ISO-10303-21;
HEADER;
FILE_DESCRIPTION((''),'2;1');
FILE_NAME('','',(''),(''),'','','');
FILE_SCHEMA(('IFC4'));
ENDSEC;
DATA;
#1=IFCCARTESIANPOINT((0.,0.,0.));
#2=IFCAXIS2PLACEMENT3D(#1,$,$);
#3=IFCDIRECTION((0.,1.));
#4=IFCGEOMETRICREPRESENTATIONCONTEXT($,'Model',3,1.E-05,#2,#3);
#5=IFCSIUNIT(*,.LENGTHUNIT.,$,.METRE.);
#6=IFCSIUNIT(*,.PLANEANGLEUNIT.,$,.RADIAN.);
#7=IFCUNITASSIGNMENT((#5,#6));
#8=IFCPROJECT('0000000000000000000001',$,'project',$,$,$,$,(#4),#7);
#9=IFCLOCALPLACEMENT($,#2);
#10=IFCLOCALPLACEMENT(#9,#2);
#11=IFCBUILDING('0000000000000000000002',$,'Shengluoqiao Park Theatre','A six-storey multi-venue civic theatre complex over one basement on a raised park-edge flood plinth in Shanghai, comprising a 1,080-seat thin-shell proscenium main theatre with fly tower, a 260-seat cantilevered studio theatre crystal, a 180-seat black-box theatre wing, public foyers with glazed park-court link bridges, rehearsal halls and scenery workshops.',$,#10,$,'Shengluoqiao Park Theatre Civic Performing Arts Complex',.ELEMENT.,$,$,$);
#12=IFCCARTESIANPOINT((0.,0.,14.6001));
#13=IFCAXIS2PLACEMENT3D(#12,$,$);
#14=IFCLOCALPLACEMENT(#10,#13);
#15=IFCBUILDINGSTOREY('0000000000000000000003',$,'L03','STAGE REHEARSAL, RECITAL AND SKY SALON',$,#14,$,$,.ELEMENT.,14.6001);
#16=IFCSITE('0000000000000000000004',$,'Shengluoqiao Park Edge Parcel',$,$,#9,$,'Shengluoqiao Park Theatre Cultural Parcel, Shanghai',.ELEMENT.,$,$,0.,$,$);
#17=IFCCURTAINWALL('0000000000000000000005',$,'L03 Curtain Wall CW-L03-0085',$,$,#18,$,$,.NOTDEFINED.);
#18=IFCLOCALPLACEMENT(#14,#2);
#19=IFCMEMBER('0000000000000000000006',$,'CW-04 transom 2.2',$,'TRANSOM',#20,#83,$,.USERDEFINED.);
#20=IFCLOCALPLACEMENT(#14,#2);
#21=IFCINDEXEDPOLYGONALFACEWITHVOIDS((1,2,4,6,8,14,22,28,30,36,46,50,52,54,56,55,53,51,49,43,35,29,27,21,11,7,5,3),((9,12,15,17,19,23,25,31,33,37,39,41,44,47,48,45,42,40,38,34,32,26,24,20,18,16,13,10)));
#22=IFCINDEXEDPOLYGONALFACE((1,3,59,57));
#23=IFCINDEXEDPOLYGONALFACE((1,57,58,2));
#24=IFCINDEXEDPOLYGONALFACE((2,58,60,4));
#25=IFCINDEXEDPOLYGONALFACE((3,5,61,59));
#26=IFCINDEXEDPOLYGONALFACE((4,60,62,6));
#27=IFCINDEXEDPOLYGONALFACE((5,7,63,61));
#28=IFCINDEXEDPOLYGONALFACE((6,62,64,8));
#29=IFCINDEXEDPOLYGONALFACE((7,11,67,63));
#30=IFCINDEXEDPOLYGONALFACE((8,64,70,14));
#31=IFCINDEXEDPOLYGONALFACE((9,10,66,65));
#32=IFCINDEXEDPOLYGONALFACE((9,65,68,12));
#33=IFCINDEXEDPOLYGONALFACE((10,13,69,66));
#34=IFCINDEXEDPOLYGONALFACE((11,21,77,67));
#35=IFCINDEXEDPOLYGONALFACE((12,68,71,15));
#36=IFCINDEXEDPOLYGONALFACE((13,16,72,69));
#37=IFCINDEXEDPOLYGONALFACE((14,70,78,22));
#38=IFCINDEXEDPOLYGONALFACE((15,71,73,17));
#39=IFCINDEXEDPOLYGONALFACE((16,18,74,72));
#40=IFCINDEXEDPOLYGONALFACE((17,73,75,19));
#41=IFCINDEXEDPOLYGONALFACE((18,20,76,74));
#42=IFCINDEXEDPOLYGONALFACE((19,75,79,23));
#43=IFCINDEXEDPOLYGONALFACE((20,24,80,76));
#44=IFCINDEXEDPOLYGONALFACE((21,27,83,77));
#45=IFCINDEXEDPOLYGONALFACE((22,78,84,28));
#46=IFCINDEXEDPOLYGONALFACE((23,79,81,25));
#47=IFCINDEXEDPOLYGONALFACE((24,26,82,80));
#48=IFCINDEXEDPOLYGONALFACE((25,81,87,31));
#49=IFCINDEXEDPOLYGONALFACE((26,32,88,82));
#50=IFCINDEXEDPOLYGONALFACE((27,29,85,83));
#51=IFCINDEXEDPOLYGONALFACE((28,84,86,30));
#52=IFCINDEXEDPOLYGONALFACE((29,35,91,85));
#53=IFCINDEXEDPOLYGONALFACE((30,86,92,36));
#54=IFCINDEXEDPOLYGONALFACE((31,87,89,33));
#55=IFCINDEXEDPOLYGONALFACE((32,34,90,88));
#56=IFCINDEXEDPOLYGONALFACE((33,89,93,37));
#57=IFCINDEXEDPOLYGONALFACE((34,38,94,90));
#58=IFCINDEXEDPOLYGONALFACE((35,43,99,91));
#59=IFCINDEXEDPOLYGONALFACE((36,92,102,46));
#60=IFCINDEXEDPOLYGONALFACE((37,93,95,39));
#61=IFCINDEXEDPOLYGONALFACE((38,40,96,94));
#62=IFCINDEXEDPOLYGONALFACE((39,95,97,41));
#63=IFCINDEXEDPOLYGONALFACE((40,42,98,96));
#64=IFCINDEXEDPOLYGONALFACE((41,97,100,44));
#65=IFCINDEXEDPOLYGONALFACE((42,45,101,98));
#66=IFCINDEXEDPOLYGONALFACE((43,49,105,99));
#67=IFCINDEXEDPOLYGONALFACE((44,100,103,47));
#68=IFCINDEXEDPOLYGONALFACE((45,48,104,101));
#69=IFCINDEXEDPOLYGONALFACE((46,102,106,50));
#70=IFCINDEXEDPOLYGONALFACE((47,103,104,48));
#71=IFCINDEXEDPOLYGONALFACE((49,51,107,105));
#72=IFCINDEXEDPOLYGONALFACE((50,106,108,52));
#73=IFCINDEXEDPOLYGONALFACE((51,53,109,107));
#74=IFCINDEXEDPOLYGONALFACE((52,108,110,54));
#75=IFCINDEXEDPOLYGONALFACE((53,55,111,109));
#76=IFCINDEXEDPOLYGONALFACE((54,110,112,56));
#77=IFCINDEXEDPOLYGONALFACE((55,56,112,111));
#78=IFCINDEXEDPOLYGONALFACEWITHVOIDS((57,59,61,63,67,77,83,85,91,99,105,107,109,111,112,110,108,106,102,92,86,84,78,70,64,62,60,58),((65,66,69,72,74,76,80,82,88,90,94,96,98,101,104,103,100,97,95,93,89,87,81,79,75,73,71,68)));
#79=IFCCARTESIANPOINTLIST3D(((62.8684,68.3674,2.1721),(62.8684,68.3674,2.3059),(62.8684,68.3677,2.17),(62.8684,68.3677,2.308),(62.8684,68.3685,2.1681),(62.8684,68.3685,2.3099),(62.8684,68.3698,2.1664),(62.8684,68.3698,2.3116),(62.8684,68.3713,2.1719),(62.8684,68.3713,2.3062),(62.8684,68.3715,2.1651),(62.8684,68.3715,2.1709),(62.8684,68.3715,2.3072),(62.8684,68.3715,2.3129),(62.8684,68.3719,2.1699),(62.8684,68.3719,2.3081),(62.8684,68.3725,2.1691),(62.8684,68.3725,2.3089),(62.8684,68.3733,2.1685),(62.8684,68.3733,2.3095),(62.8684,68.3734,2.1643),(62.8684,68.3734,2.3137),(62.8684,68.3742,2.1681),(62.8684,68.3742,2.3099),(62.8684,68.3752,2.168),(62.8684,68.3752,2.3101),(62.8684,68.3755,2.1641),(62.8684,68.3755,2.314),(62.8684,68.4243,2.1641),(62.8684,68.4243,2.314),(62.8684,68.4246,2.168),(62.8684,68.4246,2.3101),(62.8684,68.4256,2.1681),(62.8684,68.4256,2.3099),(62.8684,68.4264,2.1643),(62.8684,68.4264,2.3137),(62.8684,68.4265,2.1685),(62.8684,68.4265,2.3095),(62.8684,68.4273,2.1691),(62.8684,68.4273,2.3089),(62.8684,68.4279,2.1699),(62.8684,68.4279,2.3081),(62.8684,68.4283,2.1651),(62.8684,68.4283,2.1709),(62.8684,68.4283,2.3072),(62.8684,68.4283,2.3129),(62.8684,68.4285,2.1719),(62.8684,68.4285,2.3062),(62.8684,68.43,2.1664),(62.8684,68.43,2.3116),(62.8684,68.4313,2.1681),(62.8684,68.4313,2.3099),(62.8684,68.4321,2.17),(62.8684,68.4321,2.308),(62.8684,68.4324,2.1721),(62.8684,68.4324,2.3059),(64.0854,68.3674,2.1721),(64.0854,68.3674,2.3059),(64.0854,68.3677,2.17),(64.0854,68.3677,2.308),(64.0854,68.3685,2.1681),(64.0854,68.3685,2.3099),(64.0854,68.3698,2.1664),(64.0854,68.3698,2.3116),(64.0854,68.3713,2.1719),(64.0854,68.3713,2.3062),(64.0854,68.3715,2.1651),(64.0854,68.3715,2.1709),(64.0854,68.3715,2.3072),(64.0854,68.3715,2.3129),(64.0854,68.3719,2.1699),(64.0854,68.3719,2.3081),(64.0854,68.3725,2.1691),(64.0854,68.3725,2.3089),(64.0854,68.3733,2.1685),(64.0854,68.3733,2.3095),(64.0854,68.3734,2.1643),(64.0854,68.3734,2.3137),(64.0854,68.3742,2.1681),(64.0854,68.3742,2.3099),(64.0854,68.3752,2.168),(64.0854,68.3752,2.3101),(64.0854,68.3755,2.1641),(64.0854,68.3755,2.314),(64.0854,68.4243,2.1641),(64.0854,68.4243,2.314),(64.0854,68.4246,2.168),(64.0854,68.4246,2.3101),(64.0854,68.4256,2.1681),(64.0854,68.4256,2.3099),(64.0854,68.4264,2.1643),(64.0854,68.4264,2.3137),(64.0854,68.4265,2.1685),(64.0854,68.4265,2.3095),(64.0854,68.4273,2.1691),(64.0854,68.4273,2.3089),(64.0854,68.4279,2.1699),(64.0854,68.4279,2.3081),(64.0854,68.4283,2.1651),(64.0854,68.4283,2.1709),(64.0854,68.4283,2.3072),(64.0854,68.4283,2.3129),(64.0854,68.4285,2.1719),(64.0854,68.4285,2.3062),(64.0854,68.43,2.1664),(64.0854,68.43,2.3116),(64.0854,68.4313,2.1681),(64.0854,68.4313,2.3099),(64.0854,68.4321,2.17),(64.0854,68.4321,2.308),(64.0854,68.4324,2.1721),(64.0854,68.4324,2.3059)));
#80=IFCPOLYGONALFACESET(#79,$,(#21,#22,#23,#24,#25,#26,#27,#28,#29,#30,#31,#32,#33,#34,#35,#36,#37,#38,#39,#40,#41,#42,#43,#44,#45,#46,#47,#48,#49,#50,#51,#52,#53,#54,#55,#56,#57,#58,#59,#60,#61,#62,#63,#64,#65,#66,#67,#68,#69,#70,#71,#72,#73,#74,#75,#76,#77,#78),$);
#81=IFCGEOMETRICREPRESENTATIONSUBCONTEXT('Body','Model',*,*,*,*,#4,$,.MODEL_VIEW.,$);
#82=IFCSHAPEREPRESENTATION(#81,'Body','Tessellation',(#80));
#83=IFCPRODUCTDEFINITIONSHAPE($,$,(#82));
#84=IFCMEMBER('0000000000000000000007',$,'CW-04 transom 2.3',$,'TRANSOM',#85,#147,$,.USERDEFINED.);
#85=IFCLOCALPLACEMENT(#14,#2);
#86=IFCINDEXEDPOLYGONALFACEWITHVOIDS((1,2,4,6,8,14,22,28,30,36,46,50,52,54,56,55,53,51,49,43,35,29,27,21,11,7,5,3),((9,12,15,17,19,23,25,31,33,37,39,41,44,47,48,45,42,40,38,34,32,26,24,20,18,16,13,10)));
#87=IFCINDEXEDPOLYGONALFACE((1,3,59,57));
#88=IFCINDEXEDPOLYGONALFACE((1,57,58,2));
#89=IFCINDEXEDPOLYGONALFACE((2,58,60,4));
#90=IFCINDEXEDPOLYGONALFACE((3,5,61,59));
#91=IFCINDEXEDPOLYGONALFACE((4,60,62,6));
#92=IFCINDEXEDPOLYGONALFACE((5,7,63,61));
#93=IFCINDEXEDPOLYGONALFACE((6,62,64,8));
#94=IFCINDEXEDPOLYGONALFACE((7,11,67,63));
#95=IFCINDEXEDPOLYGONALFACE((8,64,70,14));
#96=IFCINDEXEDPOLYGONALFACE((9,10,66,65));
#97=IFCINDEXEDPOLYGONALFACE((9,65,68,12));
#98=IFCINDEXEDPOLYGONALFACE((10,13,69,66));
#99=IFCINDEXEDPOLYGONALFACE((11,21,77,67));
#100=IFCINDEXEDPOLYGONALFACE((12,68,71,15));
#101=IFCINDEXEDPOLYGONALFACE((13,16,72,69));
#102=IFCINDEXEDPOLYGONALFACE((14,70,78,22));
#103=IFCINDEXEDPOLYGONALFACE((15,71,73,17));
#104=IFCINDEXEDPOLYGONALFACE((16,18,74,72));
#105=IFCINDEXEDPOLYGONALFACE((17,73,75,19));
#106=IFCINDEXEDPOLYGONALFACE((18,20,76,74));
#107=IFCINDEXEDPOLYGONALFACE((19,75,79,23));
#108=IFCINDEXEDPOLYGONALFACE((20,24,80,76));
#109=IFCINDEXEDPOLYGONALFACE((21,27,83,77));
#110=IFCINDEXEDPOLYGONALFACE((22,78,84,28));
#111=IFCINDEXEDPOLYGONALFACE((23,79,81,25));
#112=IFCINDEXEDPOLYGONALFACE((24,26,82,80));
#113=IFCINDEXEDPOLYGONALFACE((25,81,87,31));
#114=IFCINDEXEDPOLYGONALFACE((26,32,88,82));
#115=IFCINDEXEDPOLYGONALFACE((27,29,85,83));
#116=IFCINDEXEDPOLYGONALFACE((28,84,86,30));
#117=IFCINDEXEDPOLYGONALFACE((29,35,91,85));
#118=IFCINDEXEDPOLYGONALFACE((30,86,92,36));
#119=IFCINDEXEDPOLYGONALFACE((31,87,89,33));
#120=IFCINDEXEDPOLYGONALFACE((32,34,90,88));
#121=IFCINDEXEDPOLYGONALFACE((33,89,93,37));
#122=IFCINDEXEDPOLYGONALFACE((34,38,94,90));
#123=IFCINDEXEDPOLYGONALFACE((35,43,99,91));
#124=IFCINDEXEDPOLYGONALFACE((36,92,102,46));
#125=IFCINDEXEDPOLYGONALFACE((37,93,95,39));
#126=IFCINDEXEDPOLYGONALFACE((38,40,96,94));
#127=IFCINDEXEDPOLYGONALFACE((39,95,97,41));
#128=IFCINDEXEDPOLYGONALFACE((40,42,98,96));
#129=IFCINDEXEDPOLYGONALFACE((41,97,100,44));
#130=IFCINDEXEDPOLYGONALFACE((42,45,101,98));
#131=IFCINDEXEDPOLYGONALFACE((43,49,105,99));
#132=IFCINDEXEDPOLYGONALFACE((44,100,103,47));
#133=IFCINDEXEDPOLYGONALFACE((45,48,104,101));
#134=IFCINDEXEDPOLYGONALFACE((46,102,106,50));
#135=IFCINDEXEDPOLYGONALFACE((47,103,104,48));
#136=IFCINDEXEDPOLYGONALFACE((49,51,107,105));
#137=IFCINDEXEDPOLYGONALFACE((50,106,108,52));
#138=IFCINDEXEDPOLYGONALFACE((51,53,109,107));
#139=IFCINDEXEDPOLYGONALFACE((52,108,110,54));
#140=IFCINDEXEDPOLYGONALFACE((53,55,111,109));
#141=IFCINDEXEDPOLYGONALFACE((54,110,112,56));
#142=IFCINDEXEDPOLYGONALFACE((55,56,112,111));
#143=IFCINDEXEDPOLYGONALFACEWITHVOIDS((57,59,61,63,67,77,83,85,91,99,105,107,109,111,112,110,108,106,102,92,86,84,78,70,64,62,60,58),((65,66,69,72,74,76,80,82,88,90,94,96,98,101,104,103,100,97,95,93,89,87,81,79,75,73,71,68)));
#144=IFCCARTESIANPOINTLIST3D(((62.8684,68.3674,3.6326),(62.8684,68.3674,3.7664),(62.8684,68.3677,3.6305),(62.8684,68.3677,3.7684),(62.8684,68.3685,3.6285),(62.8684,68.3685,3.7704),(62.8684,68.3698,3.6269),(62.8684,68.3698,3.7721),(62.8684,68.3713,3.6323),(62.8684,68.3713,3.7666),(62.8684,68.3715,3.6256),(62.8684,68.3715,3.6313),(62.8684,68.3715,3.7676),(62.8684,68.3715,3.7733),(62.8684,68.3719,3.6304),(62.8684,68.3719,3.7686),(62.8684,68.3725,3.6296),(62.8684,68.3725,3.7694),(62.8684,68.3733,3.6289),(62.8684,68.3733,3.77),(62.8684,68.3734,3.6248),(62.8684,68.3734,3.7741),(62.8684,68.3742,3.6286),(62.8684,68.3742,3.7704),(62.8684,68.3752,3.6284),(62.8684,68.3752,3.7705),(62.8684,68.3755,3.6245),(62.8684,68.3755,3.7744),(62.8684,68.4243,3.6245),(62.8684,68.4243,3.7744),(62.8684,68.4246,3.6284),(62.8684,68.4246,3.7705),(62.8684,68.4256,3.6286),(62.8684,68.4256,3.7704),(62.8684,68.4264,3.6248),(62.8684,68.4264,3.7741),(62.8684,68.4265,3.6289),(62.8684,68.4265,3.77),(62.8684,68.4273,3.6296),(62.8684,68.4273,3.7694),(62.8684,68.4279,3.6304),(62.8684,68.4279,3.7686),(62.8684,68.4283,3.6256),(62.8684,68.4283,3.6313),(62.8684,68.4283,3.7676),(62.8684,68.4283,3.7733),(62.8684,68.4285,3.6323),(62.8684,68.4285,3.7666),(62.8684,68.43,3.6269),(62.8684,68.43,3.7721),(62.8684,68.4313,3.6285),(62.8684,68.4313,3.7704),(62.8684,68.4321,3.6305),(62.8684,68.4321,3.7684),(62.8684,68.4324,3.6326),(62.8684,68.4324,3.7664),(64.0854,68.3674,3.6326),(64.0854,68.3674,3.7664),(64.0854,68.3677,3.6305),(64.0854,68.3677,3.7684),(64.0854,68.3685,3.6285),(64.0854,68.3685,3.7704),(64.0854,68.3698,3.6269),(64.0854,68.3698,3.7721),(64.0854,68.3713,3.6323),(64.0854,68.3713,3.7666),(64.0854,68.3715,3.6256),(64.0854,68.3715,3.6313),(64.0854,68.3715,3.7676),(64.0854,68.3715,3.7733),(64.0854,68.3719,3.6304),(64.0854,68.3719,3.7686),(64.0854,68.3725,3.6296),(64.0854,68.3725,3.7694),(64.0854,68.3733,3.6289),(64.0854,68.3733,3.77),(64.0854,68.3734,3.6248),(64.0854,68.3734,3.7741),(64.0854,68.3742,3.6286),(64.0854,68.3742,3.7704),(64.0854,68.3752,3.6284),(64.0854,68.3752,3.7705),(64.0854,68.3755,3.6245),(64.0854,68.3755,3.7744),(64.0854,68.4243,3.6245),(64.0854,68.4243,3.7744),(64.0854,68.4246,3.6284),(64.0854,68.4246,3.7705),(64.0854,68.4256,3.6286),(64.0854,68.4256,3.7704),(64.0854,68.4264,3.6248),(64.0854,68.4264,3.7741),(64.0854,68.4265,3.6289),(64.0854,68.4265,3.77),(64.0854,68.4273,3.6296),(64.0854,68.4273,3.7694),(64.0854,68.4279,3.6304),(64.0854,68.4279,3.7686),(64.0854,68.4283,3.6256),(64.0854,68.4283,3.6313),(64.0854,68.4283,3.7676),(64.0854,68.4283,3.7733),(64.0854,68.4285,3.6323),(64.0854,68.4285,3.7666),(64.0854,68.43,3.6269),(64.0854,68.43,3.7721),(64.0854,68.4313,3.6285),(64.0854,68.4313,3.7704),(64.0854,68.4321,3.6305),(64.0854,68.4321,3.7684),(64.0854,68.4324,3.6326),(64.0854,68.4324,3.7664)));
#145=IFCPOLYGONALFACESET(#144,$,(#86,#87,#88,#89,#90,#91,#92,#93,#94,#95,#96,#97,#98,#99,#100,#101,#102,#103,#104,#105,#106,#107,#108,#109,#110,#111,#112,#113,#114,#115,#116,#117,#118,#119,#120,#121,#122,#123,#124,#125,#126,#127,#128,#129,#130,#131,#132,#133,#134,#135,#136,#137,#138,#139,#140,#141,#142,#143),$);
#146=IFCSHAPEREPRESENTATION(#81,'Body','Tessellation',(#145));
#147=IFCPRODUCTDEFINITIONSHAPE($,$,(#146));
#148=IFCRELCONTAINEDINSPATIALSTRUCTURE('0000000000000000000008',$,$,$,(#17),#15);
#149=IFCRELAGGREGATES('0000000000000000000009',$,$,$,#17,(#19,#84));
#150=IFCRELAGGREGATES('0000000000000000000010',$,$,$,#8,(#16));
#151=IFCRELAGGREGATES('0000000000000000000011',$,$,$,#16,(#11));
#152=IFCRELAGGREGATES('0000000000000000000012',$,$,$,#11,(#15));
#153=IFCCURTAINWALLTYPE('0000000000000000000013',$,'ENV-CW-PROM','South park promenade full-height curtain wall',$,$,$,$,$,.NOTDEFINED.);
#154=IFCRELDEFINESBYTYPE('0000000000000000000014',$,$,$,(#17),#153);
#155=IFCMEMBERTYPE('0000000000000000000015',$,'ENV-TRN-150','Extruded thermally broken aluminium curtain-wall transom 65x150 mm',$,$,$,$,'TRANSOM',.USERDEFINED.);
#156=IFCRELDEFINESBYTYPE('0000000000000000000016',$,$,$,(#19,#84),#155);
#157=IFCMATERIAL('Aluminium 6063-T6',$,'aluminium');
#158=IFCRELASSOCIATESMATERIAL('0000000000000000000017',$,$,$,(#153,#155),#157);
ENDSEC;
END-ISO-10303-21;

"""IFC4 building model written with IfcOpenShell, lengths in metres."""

from ifc_helpers import new_model, si_unit, direction, frame, origin, origin_2d, place, context, subcontext, project, spatial, hollow_rectangle, extrude, material, material_profile, profile_set, type_object, element, aggregate, save


model = new_model("IFC4")

# Units and contexts
model_context = context("Model", 3, precision=1e-05, world=origin(), true_north=direction((0.0, 1.0)))
body_context = subcontext(model_context, "Body", "Model", "MODEL_VIEW")
ifc_project = project(units=[si_unit("LENGTHUNIT", "METRE"), si_unit("PLANEANGLEUNIT", "RADIAN")], contexts=[model_context])

# Site, building, storey
site_placement = place(None, origin())
site = spatial("IfcSite", under=ifc_project, at=site_placement, Name="Shengluoqiao Park Edge Parcel", LongName="Shengluoqiao Park Theatre Cultural Parcel, Shanghai", CompositionType="ELEMENT", RefElevation=0.0)
building_placement = place(site_placement, origin())
building = spatial("IfcBuilding", under=site, at=building_placement, Name="Shengluoqiao Park Theatre", Description="A six-storey multi-venue civic theatre complex over one basement on a raised park-edge flood plinth in Shanghai, comprising a 1,080-seat thin-shell proscenium main theatre with fly tower, a 260-seat cantilevered studio theatre crystal, a 180-seat black-box theatre wing, public foyers with glazed park-court link bridges, rehearsal halls and scenery workshops.", LongName="Shengluoqiao Park Theatre Civic Performing Arts Complex", CompositionType="ELEMENT")
storey_placement = place(building_placement, frame((0.0, 0.0, 14.6001)))
storey = spatial("IfcBuildingStorey", under=building, at=storey_placement, Name="L03", Description="STAGE REHEARSAL, RECITAL AND SKY SALON", CompositionType="ELEMENT", Elevation=14.6001)

# Curtain wall
ifc_material_1 = material(Name="Aluminium 6063-T6", Category="aluminium")
curtain_wall_type = type_object("IfcCurtainWallType", Name="ENV-CW-PROM", Description="South park promenade full-height curtain wall", PredefinedType="NOTDEFINED", material=ifc_material_1)
curtain_wall_1_placement = place(storey_placement, origin())
curtain_wall_1 = element("IfcCurtainWall", 1, at=curtain_wall_1_placement, inside=storey, type_object=curtain_wall_type, Name="L03 Curtain Wall CW-L03-0085", PredefinedType="NOTDEFINED")

# Members
ifc_material_profile_1 = material_profile(ifc_material_1, hollow_rectangle(XDim=0.0649, YDim=0.1499, WallThickness=0.0039, InnerFilletRadius=0.0039, OuterFilletRadius=0.0081, at=origin_2d()), Name="ALU TRANSOM 150x65x4")
ifc_profile_set_1 = profile_set([ifc_material_profile_1], Name="Aluminium 6063-T6")
member_type_1 = type_object("IfcMemberType", Name="ENV-TRN-150", Description="Extruded thermally broken aluminium curtain-wall transom 65x150 mm", ElementType="TRANSOM", PredefinedType="USERDEFINED", material=ifc_profile_set_1)
member_1_placement = place(storey_placement, frame((62.8684, 68.3999, 2.239), z_axis=(1.0, 0.0, 0.0), x_axis=(0.0, 1.0, 0.0)))
member_1 = element("IfcMember", 2, at=member_1_placement, type_object=member_type_1, Name="CW-04 transom 2.2", ObjectType="TRANSOM", PredefinedType="USERDEFINED", context=body_context, shape_type="SweptSolid", body=[
    extrude(hollow_rectangle(XDim=0.0649, YDim=0.1499, WallThickness=0.0039, InnerFilletRadius=0.0039, OuterFilletRadius=0.0081, at=origin_2d()), origin(), (0.0, 0.0, 1.0), 1.217),
])
member_2_placement = place(storey_placement, frame((62.8684, 68.3999, 3.6995), z_axis=(1.0, 0.0, 0.0), x_axis=(0.0, 1.0, 0.0)))
member_2 = element("IfcMember", 3, at=member_2_placement, type_object=member_type_1, Name="CW-04 transom 2.3", ObjectType="TRANSOM", PredefinedType="USERDEFINED", context=body_context, shape_type="SweptSolid", body=[
    extrude(hollow_rectangle(XDim=0.0649, YDim=0.1499, WallThickness=0.0039, InnerFilletRadius=0.0039, OuterFilletRadius=0.0081, at=origin_2d()), origin(), (0.0, 0.0, 1.0), 1.217),
])

aggregate(curtain_wall_1, [member_1, member_2])

save(model, "model.ifc")
